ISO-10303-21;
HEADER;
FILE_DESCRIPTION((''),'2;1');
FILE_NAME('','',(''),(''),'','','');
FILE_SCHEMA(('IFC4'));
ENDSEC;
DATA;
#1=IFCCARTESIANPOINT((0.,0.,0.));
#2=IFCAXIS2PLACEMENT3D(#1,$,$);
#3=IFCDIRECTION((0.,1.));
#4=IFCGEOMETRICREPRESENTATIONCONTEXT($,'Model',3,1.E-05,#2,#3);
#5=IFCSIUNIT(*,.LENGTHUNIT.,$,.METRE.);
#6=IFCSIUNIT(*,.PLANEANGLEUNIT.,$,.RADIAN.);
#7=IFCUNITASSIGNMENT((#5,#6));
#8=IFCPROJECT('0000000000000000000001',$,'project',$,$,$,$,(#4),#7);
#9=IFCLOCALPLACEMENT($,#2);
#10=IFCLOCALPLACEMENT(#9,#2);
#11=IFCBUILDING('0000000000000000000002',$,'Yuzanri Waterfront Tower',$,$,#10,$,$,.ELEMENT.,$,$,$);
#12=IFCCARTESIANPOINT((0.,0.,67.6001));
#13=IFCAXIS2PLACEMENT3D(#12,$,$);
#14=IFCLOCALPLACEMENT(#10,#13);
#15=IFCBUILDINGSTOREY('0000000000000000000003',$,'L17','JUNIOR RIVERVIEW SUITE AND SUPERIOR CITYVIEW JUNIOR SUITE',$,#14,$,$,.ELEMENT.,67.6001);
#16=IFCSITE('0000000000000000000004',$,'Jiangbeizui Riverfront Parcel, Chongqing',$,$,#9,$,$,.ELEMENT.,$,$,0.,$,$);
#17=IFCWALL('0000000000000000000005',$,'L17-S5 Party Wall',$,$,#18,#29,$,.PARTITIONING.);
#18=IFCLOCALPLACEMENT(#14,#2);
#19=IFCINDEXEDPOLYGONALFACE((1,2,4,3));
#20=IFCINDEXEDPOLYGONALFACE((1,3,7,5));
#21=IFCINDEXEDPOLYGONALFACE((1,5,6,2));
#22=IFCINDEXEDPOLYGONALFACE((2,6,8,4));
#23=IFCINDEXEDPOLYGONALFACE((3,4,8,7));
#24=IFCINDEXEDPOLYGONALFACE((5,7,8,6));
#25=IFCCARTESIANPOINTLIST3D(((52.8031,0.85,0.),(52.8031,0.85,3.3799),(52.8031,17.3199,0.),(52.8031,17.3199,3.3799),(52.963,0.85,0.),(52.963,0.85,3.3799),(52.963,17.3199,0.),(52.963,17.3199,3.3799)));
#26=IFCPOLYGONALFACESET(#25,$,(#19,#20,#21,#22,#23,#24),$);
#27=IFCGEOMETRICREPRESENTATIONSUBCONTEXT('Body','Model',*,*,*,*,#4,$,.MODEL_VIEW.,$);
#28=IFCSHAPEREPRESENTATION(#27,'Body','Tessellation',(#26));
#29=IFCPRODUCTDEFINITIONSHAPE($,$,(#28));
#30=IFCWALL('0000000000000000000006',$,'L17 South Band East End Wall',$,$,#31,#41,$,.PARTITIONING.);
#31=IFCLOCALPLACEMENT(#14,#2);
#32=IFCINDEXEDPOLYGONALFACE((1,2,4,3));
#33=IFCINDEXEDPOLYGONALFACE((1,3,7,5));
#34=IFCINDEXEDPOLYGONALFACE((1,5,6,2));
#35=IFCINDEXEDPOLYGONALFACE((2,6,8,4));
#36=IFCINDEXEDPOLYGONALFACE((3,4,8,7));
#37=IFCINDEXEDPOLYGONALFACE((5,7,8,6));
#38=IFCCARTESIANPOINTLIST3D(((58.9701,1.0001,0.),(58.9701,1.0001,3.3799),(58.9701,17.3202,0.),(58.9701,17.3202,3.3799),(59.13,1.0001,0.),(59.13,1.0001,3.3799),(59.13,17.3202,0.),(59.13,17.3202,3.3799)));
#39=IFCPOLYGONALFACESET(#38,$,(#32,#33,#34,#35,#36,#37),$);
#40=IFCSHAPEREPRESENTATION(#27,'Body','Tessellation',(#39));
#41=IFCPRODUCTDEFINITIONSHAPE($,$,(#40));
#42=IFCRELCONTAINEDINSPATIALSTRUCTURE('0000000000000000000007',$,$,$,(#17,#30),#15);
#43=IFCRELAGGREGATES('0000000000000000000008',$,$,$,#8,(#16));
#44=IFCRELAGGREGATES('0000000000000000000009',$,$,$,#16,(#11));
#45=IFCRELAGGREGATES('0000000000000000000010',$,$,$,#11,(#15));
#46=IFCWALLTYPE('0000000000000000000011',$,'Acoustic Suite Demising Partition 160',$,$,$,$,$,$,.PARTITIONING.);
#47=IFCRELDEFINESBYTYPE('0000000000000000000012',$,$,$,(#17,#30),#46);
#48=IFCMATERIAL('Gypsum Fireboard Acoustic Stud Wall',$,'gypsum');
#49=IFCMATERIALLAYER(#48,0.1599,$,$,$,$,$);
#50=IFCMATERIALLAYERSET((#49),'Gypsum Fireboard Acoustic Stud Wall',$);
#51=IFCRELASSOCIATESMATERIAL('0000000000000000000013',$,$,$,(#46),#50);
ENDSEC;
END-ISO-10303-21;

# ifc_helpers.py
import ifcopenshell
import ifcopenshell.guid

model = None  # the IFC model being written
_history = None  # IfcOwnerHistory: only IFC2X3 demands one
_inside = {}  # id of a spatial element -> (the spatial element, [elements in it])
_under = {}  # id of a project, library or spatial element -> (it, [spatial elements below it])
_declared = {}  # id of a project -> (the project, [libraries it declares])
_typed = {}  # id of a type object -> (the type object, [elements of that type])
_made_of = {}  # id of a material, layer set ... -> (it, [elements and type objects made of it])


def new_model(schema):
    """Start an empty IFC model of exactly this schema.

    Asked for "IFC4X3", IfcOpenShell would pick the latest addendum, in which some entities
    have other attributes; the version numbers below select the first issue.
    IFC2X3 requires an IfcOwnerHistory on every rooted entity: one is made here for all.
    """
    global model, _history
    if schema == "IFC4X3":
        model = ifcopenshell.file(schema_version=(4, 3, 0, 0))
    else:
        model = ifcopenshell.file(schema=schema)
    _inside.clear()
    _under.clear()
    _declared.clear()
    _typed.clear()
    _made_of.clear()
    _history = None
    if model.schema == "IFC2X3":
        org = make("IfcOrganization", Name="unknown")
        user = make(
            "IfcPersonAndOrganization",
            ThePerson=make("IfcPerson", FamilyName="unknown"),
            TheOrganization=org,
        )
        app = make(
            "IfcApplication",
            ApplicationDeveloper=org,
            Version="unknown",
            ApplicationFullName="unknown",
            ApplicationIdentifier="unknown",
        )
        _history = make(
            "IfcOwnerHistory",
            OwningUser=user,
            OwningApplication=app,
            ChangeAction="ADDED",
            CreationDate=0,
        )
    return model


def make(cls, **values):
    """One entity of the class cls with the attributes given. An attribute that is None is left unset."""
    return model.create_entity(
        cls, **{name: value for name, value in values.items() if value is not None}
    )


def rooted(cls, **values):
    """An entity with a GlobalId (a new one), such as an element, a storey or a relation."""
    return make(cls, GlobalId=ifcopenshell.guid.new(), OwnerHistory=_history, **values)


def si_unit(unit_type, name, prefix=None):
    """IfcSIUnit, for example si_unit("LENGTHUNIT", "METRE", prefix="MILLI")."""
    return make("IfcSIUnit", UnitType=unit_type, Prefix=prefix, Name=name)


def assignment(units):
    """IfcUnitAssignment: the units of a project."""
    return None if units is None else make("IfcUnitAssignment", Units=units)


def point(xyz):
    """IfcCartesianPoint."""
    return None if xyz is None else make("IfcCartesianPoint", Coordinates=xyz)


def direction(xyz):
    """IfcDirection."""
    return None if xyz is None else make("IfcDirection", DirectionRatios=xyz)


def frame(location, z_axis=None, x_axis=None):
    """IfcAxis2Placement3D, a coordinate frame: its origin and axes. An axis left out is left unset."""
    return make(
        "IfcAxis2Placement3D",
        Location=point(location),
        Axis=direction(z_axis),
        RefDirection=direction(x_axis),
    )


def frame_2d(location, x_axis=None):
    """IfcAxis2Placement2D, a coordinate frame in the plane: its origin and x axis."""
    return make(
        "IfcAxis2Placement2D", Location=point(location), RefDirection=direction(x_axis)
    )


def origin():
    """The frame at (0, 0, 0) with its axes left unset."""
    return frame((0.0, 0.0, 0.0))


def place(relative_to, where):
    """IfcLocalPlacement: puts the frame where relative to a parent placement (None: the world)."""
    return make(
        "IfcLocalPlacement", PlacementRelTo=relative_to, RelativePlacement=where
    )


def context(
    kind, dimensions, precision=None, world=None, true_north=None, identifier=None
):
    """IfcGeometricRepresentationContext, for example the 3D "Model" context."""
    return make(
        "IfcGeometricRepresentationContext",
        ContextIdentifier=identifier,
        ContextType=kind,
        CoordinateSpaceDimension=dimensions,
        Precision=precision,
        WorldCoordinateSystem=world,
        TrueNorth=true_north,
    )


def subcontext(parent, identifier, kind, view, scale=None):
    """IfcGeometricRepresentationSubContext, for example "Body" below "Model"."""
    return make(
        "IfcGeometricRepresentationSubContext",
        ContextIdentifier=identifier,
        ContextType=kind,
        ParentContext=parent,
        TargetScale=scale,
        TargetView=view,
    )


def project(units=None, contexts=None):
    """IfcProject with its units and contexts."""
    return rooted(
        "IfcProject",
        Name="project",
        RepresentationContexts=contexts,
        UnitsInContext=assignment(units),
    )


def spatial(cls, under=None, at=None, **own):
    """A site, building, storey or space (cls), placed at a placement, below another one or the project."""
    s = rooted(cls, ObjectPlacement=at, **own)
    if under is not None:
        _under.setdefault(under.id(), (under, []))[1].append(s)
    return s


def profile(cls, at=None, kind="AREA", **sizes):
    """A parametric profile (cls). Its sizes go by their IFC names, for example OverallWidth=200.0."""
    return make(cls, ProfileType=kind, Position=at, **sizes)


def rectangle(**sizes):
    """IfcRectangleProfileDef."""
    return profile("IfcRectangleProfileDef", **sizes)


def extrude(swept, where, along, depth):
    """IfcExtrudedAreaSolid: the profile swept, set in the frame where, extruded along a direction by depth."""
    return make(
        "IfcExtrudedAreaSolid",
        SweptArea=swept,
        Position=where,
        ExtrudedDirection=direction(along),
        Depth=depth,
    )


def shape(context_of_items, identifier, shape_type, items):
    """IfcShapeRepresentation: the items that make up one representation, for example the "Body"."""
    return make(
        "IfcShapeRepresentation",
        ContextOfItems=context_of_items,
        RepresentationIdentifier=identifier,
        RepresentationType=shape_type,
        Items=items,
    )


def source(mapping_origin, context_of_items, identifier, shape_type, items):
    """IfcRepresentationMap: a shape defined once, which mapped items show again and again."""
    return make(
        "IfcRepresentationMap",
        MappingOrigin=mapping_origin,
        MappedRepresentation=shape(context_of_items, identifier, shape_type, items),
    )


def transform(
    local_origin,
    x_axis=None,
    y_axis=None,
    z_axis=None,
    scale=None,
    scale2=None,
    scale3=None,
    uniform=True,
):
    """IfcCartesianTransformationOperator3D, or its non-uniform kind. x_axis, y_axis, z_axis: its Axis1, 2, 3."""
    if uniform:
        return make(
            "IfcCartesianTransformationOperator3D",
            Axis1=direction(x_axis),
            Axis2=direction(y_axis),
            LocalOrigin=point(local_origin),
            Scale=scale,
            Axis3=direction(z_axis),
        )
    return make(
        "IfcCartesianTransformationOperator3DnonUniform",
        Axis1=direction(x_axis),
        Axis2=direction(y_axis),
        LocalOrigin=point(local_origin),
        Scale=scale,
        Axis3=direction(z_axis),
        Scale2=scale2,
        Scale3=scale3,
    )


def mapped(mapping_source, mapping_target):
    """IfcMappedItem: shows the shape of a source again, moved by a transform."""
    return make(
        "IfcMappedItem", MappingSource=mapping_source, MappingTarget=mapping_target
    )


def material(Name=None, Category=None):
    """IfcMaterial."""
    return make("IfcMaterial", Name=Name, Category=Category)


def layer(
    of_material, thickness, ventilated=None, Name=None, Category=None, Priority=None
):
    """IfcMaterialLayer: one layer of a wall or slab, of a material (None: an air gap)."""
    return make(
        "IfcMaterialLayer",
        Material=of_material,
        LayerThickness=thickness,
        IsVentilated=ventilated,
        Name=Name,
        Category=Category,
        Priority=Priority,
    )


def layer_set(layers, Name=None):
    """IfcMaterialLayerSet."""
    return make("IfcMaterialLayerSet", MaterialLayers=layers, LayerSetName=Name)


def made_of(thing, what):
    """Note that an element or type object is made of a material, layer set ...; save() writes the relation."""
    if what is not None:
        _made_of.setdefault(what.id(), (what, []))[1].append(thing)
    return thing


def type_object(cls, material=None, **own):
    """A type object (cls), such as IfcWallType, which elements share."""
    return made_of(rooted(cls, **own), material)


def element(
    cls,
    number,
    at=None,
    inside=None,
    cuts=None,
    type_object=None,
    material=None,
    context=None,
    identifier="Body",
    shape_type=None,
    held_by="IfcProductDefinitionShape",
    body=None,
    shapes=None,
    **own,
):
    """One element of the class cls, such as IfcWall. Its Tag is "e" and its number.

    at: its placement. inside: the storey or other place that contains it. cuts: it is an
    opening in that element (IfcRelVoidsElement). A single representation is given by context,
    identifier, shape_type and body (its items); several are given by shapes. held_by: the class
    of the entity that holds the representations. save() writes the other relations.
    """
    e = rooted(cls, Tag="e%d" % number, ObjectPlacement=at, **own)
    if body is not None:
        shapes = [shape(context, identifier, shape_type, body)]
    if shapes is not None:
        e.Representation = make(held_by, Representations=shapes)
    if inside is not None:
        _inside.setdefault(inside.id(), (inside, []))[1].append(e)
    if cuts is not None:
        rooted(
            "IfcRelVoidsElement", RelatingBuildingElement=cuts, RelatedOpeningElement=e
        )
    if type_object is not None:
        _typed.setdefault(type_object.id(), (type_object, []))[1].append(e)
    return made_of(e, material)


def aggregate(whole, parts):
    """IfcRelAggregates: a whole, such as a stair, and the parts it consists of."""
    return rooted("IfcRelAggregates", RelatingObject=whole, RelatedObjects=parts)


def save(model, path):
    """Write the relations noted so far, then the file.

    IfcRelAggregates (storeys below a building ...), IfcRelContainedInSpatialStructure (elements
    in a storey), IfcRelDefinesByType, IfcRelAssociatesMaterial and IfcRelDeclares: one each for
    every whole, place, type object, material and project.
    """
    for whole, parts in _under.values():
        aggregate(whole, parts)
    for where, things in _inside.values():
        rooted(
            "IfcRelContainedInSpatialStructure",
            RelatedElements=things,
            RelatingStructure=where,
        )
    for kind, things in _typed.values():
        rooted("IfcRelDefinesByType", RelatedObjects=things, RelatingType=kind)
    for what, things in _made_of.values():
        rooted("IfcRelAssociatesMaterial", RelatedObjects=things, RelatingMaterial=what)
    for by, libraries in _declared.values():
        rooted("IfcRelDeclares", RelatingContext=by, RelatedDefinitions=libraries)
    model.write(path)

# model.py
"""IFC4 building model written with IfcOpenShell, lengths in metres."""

from ifc_helpers import new_model, si_unit, direction, frame, frame_2d, origin, place, context, subcontext, project, spatial, rectangle, extrude, source, transform, mapped, material, layer, layer_set, type_object, element, save


model = new_model("IFC4")

# Units and contexts
model_context = context("Model", 3, precision=1e-05, world=origin(), true_north=direction((0.0, 1.0)))
body_context = subcontext(model_context, "Body", "Model", "MODEL_VIEW")
ifc_project = project(units=[si_unit("LENGTHUNIT", "METRE"), si_unit("PLANEANGLEUNIT", "RADIAN")], contexts=[model_context])

# Site, building, storey
site_placement = place(None, origin())
site = spatial("IfcSite", under=ifc_project, at=site_placement, Name="Jiangbeizui Riverfront Parcel, Chongqing", CompositionType="ELEMENT", RefElevation=0.0)
building_placement = place(site_placement, origin())
building = spatial("IfcBuilding", under=site, at=building_placement, Name="Yuzanri Waterfront Tower", CompositionType="ELEMENT")
storey_placement = place(building_placement, frame((0.0, 0.0, 67.6001)))
storey = spatial("IfcBuildingStorey", under=building, at=storey_placement, Name="L17", Description="JUNIOR RIVERVIEW SUITE AND SUPERIOR CITYVIEW JUNIOR SUITE", CompositionType="ELEMENT", Elevation=67.6001)

# Walls
ifc_material_1 = material(Name="Gypsum Fireboard Acoustic Stud Wall", Category="gypsum")
ifc_layer_1 = layer(ifc_material_1, 0.1599)
ifc_layer_set_1 = layer_set([ifc_layer_1], Name="Gypsum Fireboard Acoustic Stud Wall")
wall_type_1 = type_object("IfcWallType", Name="Acoustic Suite Demising Partition 160", PredefinedType="PARTITIONING", material=ifc_layer_set_1)
shared_shape_1 = source(origin(), body_context, "Body", "SweptSolid", [
    extrude(rectangle(XDim=16.47, YDim=0.1599, at=frame_2d((8.2349, 0.0))), origin(), (0.0, 0.0, 1.0), 3.3799),
])
wall_1_placement = place(storey_placement, frame((52.8831, 0.8501, 0.0), z_axis=(0.0, 0.0, 1.0), x_axis=(0.0, 1.0, 0.0)))
element("IfcWall", 1, at=wall_1_placement, inside=storey, type_object=wall_type_1, Name="L17-S5 Party Wall", PredefinedType="PARTITIONING", context=body_context, shape_type="MappedRepresentation", body=[
    mapped(shared_shape_1, transform((0.0, 0.0, 0.0), scale=1.0)),
])
shared_shape_2 = source(origin(), body_context, "Body", "SweptSolid", [
    extrude(rectangle(XDim=16.3201, YDim=0.1599, at=frame_2d((8.1602, 0.0))), origin(), (0.0, 0.0, 1.0), 3.3799),
])
wall_2_placement = place(storey_placement, frame((59.05, 1.0, 0.0), z_axis=(0.0, 0.0, 1.0), x_axis=(0.0, 1.0, 0.0)))
element("IfcWall", 2, at=wall_2_placement, inside=storey, type_object=wall_type_1, Name="L17 South Band East End Wall", PredefinedType="PARTITIONING", context=body_context, shape_type="MappedRepresentation", body=[
    mapped(shared_shape_2, transform((0.0, 0.0, 0.0), scale=1.0)),
])

save(model, "model.ifc")
